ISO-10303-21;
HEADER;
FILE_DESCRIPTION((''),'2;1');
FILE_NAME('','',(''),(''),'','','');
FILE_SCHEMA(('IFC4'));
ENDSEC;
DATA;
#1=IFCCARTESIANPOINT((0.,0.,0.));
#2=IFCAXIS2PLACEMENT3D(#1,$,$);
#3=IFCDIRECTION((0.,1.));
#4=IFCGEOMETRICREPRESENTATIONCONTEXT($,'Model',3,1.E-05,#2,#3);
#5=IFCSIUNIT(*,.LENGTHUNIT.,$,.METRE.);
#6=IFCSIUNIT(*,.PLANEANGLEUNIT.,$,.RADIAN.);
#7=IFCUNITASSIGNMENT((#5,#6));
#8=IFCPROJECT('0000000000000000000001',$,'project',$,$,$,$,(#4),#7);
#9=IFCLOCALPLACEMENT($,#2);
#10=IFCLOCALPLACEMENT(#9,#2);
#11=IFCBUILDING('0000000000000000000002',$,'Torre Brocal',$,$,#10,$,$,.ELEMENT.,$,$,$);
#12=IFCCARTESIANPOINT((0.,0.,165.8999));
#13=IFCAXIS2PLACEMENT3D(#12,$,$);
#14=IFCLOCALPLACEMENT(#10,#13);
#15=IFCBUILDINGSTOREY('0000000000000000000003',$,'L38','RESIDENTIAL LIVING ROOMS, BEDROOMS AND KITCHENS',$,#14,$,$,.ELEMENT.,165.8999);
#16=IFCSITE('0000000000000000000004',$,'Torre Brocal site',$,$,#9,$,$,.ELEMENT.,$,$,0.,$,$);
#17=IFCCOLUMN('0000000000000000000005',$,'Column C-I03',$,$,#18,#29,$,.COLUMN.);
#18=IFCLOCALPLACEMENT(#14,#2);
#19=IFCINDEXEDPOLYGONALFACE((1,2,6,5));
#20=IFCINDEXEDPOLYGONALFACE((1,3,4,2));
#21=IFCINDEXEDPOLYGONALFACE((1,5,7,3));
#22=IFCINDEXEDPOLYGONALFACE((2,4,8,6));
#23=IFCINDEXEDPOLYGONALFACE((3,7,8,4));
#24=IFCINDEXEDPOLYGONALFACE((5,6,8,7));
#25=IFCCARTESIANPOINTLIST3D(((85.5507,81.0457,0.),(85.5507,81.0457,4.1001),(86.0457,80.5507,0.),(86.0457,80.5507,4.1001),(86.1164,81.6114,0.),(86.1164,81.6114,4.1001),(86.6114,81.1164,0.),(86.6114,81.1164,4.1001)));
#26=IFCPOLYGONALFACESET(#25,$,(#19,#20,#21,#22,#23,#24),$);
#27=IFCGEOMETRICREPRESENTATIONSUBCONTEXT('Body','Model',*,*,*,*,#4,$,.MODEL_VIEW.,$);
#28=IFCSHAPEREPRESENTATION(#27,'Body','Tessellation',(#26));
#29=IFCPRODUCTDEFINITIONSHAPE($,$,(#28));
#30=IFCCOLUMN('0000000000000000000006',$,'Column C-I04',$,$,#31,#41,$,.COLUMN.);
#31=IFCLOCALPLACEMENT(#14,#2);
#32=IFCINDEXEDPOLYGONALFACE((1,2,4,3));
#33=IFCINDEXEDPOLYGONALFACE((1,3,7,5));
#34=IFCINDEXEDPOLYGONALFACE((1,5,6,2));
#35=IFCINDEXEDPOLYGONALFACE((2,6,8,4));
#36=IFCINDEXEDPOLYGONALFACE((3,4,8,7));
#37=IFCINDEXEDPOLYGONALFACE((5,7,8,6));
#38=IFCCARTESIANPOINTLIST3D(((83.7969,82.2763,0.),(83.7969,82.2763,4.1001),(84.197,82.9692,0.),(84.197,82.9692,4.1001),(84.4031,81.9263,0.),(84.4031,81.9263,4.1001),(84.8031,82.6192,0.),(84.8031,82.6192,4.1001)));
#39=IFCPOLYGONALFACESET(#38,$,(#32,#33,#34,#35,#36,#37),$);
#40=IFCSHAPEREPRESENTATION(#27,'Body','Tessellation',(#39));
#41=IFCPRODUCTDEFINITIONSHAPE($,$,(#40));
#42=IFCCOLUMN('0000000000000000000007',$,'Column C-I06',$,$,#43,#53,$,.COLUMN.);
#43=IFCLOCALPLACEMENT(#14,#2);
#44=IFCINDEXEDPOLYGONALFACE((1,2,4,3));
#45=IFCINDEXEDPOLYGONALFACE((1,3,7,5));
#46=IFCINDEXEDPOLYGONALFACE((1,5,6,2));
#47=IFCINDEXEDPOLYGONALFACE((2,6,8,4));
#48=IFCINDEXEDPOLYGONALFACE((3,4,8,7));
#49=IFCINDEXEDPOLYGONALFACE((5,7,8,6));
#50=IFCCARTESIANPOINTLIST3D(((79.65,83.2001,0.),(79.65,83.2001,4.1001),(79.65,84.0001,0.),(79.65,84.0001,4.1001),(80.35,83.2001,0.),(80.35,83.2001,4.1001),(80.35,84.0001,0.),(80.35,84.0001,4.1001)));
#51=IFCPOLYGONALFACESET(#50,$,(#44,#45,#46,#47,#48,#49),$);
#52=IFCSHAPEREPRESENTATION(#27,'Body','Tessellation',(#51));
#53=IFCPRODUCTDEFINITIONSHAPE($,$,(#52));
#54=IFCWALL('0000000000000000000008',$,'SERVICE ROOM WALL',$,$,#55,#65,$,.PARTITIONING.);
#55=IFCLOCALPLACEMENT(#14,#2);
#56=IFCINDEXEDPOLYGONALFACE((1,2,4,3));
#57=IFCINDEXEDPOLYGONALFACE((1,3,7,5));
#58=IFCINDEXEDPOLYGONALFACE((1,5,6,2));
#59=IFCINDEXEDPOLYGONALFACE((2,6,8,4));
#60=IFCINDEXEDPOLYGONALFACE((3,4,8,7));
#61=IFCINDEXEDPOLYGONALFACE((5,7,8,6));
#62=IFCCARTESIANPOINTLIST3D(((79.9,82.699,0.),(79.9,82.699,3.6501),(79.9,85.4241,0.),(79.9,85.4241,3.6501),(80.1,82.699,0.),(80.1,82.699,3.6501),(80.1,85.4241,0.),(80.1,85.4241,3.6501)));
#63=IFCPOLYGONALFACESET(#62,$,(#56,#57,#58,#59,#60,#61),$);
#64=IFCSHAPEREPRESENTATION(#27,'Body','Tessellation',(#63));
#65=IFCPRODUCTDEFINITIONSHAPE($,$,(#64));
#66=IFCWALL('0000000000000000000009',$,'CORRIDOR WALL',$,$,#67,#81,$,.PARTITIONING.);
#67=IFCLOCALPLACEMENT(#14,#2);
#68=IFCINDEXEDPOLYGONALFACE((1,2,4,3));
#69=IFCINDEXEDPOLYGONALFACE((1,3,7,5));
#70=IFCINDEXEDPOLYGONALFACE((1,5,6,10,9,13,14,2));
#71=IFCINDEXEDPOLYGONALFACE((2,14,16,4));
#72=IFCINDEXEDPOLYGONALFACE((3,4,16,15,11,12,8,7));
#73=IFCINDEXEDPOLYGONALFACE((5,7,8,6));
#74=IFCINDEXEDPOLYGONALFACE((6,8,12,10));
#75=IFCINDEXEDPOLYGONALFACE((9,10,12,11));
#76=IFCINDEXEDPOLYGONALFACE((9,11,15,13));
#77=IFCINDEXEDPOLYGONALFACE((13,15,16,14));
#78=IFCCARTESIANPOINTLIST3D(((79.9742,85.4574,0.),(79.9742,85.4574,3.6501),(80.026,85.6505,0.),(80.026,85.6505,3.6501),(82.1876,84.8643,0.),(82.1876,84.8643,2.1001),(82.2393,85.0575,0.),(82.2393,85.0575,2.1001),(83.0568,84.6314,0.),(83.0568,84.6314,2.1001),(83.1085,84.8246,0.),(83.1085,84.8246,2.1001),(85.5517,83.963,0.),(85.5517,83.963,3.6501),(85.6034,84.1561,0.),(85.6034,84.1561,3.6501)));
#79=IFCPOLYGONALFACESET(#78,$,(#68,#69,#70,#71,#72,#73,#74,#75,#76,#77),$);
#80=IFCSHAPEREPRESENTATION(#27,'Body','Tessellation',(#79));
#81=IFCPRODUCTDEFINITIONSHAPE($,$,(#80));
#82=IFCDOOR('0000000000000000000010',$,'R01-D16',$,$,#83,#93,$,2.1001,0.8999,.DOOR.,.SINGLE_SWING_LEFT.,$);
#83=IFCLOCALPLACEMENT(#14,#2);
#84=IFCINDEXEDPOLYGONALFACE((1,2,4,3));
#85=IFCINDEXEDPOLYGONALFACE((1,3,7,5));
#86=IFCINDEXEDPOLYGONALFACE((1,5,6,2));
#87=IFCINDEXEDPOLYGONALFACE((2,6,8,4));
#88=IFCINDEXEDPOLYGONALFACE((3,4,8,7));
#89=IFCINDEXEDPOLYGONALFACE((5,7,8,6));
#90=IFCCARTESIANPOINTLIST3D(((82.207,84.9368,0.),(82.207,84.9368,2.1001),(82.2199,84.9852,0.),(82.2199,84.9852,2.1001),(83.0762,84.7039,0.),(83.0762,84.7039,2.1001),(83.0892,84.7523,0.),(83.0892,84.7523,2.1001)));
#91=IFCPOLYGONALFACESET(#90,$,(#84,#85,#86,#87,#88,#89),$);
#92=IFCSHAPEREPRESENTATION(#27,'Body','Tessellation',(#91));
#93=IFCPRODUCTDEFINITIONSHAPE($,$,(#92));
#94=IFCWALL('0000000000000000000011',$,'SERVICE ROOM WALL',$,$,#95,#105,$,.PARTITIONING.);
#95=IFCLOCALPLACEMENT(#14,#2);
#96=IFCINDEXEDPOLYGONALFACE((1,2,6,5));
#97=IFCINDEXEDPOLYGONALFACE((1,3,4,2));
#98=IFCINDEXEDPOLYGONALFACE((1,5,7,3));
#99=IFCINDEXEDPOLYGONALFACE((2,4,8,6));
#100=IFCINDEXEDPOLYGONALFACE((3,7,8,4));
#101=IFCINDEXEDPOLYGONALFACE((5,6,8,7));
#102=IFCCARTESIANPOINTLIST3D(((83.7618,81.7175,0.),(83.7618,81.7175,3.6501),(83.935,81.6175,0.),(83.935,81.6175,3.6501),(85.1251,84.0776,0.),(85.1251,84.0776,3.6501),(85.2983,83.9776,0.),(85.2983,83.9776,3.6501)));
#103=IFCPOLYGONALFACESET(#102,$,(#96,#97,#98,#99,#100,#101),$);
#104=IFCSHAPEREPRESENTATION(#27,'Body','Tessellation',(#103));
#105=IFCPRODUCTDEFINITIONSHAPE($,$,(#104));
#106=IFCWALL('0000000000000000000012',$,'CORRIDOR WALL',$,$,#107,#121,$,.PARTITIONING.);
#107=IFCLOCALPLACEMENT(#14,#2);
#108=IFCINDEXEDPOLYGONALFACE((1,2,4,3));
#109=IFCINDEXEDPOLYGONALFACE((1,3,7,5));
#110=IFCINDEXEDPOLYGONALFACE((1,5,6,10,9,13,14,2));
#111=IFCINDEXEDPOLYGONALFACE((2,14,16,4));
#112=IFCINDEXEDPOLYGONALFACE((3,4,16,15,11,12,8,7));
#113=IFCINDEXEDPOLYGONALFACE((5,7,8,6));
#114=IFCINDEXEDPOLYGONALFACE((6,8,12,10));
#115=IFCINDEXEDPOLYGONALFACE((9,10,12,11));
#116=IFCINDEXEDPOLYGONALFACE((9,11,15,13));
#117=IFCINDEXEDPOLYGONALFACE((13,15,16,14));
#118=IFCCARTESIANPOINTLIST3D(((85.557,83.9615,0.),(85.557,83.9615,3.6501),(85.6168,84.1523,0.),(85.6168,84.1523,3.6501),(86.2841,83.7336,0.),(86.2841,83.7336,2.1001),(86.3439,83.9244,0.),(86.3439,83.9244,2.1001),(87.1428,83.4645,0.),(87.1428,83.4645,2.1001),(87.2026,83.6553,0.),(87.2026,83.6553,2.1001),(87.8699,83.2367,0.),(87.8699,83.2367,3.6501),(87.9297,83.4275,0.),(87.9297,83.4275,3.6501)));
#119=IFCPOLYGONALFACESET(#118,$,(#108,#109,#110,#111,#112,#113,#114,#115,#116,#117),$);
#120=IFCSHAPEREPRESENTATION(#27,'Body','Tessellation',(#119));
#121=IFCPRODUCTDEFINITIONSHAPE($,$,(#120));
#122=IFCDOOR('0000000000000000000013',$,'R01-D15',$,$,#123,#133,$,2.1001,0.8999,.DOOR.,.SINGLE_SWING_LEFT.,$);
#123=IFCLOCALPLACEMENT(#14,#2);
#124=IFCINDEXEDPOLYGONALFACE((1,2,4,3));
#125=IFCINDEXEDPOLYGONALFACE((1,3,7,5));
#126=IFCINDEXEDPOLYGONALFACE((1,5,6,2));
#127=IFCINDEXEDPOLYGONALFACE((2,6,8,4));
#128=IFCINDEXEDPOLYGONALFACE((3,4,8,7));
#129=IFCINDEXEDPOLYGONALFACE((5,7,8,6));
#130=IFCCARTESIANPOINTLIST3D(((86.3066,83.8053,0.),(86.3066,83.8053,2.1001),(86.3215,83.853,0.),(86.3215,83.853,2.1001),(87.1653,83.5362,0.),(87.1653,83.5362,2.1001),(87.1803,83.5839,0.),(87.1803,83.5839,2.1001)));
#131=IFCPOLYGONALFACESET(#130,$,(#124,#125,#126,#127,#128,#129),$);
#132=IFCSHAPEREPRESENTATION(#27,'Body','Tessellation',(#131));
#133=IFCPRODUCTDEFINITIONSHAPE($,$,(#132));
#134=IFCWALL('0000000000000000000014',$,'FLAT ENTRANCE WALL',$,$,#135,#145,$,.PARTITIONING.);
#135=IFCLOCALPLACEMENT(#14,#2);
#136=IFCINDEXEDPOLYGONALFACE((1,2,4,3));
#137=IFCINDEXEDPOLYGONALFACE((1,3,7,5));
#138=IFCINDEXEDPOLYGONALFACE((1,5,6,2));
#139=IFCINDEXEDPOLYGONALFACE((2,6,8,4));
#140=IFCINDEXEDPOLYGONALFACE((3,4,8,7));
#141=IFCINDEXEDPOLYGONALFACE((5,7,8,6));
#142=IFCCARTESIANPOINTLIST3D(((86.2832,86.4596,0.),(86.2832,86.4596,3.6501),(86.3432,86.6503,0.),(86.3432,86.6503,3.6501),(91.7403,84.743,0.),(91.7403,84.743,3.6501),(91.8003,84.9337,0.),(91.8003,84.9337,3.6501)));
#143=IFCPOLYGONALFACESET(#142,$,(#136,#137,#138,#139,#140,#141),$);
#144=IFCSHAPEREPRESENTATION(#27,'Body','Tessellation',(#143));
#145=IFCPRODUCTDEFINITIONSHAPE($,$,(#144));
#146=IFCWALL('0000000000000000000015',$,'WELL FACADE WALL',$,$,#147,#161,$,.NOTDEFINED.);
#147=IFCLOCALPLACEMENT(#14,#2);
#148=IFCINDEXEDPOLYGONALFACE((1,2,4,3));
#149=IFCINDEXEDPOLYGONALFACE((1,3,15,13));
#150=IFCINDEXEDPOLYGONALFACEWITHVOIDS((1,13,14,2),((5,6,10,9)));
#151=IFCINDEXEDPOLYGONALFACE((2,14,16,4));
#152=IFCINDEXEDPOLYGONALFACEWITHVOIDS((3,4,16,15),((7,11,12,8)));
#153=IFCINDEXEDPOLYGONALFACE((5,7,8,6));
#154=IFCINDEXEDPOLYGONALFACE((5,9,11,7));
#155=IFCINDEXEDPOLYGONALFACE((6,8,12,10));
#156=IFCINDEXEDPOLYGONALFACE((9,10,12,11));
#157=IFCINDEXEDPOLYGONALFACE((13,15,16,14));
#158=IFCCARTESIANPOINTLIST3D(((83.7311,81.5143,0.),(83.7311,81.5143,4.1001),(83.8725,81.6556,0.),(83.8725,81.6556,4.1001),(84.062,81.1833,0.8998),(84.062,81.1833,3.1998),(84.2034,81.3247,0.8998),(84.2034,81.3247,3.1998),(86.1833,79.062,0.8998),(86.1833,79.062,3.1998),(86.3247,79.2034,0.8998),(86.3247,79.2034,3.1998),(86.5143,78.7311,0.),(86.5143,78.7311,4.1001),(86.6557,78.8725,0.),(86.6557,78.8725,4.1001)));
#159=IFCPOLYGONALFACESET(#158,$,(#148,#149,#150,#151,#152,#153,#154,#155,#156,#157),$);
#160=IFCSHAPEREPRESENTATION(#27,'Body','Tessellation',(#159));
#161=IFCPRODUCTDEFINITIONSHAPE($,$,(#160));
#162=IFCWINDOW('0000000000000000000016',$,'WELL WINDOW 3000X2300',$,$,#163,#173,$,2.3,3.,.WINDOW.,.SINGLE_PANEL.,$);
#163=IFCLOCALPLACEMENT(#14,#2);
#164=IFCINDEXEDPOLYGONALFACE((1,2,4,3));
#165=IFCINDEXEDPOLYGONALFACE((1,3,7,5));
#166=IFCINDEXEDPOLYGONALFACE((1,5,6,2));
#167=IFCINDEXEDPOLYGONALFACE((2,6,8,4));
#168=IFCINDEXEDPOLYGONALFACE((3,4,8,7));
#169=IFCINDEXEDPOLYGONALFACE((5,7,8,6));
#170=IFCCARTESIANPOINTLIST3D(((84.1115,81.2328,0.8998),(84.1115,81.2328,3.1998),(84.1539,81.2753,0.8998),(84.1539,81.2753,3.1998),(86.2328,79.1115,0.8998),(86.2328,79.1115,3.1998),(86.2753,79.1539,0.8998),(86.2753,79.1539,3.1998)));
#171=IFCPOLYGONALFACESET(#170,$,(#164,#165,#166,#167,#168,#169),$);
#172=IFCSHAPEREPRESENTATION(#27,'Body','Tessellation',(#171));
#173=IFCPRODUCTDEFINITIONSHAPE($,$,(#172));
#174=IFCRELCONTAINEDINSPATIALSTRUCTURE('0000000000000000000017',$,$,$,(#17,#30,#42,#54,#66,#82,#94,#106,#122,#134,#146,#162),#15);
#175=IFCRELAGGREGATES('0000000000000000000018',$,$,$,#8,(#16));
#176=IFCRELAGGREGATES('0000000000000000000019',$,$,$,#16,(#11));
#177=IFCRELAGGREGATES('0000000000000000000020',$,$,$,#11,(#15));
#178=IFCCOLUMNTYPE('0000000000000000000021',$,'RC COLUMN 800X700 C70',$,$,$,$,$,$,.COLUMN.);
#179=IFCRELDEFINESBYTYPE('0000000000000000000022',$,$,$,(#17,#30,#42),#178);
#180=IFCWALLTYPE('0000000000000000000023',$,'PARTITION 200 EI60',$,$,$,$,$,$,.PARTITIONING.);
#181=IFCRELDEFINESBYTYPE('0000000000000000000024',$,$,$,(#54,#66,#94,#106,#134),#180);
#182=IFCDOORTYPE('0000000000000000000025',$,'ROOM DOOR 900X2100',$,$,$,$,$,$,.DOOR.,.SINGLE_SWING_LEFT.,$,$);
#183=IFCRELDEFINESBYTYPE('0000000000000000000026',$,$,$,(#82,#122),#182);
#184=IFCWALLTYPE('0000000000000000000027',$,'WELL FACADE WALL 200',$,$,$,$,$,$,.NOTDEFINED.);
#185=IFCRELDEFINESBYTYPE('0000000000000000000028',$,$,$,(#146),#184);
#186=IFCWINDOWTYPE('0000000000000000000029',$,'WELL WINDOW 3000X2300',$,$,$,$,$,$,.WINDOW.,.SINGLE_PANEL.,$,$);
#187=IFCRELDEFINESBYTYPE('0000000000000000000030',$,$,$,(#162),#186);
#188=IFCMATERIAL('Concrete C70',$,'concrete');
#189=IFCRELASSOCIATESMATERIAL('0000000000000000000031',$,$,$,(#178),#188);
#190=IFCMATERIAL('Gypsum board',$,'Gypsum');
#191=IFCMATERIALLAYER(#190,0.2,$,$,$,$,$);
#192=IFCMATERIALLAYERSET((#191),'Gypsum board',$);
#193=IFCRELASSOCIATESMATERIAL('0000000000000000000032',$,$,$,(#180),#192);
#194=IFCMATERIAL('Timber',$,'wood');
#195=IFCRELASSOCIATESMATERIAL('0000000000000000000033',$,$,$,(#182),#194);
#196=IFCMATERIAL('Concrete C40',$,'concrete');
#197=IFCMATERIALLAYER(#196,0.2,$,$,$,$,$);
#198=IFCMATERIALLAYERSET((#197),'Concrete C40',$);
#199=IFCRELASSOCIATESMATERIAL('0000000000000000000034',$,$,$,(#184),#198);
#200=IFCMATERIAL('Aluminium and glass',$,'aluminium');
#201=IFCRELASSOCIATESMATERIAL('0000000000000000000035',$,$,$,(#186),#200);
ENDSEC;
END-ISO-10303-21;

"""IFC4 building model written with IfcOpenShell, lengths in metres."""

from ifc_helpers import new_model, si_unit, direction, frame, frame_2d, origin, origin_2d, place, context, subcontext, project, spatial, rectangle, extrude, material, layer, layer_set, material_profile, profile_set, type_object, element, fill, save


model = new_model("IFC4")

# Units and contexts
model_context = context("Model", 3, precision=1e-05, world=origin(), true_north=direction((0.0, 1.0)))
body_context = subcontext(model_context, "Body", "Model", "MODEL_VIEW")
ifc_project = project(units=[si_unit("LENGTHUNIT", "METRE"), si_unit("PLANEANGLEUNIT", "RADIAN")], contexts=[model_context])

# Site, building, storey
site_placement = place(None, origin())
site = spatial("IfcSite", under=ifc_project, at=site_placement, Name="Torre Brocal site", CompositionType="ELEMENT", RefElevation=0.0)
building_placement = place(site_placement, origin())
building = spatial("IfcBuilding", under=site, at=building_placement, Name="Torre Brocal", CompositionType="ELEMENT")
storey_placement = place(building_placement, frame((0.0, 0.0, 165.8999)))
storey = spatial("IfcBuildingStorey", under=building, at=storey_placement, Name="L38", Description="RESIDENTIAL LIVING ROOMS, BEDROOMS AND KITCHENS", CompositionType="ELEMENT", Elevation=165.8999)

# Columns
ifc_material_1 = material(Name="Concrete C70", Category="concrete")
ifc_material_profile = material_profile(ifc_material_1, rectangle(XDim=0.8, YDim=0.7, at=origin_2d()), Name="RC 800X700")
ifc_profile_set = profile_set([ifc_material_profile], Name="Concrete C70")
column_type = type_object("IfcColumnType", Name="RC COLUMN 800X700 C70", PredefinedType="COLUMN", material=ifc_profile_set)
for number, where, z_axis, x_axis, name in (
    (1, (86.0811, 81.0811, 0.0), (0.0, 0.0, 1.0), (0.707107, 0.707107, 0.0), "Column C-I03"),
    (2, (84.3, 82.4478, 0.0), (0.0, 0.0, 1.0), (0.5, 0.866025, 0.0), "Column C-I04"),
    (3, (80.0, 83.6001, 0.0), (0.0, 0.0, 1.0), (0.0, 1.0, 0.0), "Column C-I06"),
):
    element("IfcColumn", number, at=place(storey_placement, frame(where, z_axis=z_axis, x_axis=x_axis)), inside=storey, type_object=column_type, Name=name, PredefinedType="COLUMN", context=body_context, shape_type="SweptSolid", body=[
        extrude(rectangle(XDim=0.8, YDim=0.7, at=origin_2d()), origin(), (0.0, 0.0, 1.0), 4.1001),
    ])

# Wall
ifc_material_2 = material(Name="Gypsum board", Category="Gypsum")
ifc_layer_1 = layer(ifc_material_2, 0.2)
ifc_layer_set_1 = layer_set([ifc_layer_1], Name="Gypsum board")
wall_type_1 = type_object("IfcWallType", Name="PARTITION 200 EI60", PredefinedType="PARTITIONING", material=ifc_layer_set_1)
wall_1_placement = place(storey_placement, frame((80.0, 82.699, 0.0), z_axis=(0.0, 0.0, 1.0), x_axis=(0.0, 1.0, 0.0)))
element("IfcWall", 4, at=wall_1_placement, inside=storey, type_object=wall_type_1, Name="SERVICE ROOM WALL", PredefinedType="PARTITIONING", context=body_context, shape_type="SweptSolid", body=[
    extrude(rectangle(XDim=2.7251, YDim=0.2, at=frame_2d((1.3625, 0.0))), origin(), (0.0, 0.0, 1.0), 3.6501),
])

# Wall, opening, door
wall_2_placement = place(storey_placement, frame((80.0, 85.554, 0.0), z_axis=(0.0, 0.0, 1.0), x_axis=(0.965929, -0.258807, 0.0)))
wall_2 = element("IfcWall", 5, at=wall_2_placement, inside=storey, type_object=wall_type_1, Name="CORRIDOR WALL", PredefinedType="PARTITIONING", context=body_context, shape_type="SweptSolid", body=[
    extrude(rectangle(XDim=5.7742, YDim=0.2, at=frame_2d((2.8872, 0.0))), origin(), (0.0, 0.0, 1.0), 3.6501),
])
opening_1_placement = place(wall_2_placement, frame((2.2915, 0.0, 0.0)))
opening_1 = element("IfcOpeningElement", 6, at=opening_1_placement, cuts=wall_2, PredefinedType="OPENING", context=body_context, shape_type="SweptSolid", body=[
    extrude(rectangle(XDim=0.8999, YDim=2.1001, at=frame_2d((0.45, 1.05))), frame((0.0, 0.1099, 0.0), z_axis=(0.0, -1.0, 0.0), x_axis=(1.0, 0.0, 0.0)), (0.0, 0.0, 1.0), 0.22),
])
ifc_material_3 = material(Name="Timber", Category="wood")
door_type = type_object("IfcDoorType", Name="ROOM DOOR 900X2100", OperationType="SINGLE_SWING_LEFT", PredefinedType="DOOR", material=ifc_material_3)
door_1_placement = place(opening_1_placement, frame((0.8999, 0.0, 0.0), z_axis=(0.0, 0.0, 1.0), x_axis=(-1.0, 0.0, 0.0)))
door_1 = element("IfcDoor", 7, at=door_1_placement, inside=storey, type_object=door_type, Name="R01-D16", OperationType="SINGLE_SWING_LEFT", OverallHeight=2.1001, OverallWidth=0.8999, PredefinedType="DOOR", context=body_context, shape_type="SweptSolid", body=[
    extrude(rectangle(XDim=0.8999, YDim=2.1001, at=frame_2d((0.45, 1.05))), frame((0.0, 0.0249, 0.0), z_axis=(0.0, -1.0, 0.0), x_axis=(1.0, 0.0, 0.0)), (0.0, 0.0, 1.0), 0.05),
])
fill(opening_1, door_1)

# Wall
wall_3_placement = place(storey_placement, frame((83.8484, 81.6675, 0.0), z_axis=(0.0, 0.0, 1.0), x_axis=(0.500185, 0.865919, 0.0)))
element("IfcWall", 8, at=wall_3_placement, inside=storey, type_object=wall_type_1, Name="SERVICE ROOM WALL", PredefinedType="PARTITIONING", context=body_context, shape_type="SweptSolid", body=[
    extrude(rectangle(XDim=2.7256, YDim=0.2, at=frame_2d((1.3628, 0.0))), origin(), (0.0, 0.0, 1.0), 3.6501),
])

# Wall, opening, door
wall_4_placement = place(storey_placement, frame((85.5869, 84.0569, 0.0), z_axis=(0.0, 0.0, 1.0), x_axis=(0.95424, -0.299043, 0.0)))
wall_4 = element("IfcWall", 9, at=wall_4_placement, inside=storey, type_object=wall_type_1, Name="CORRIDOR WALL", PredefinedType="PARTITIONING", context=body_context, shape_type="SweptSolid", body=[
    extrude(rectangle(XDim=2.4238, YDim=0.2, at=frame_2d((1.2119, 0.0))), origin(), (0.0, 0.0, 1.0), 3.6501),
])
opening_2_placement = place(wall_4_placement, frame((0.762, 0.0, 0.0)))
opening_2 = element("IfcOpeningElement", 10, at=opening_2_placement, cuts=wall_4, PredefinedType="OPENING", context=body_context, shape_type="SweptSolid", body=[
    extrude(rectangle(XDim=0.8999, YDim=2.1001, at=frame_2d((0.45, 1.05))), frame((0.0, 0.1099, 0.0), z_axis=(0.0, -1.0, 0.0), x_axis=(1.0, 0.0, 0.0)), (0.0, 0.0, 1.0), 0.22),
])
door_2_placement = place(opening_2_placement, frame((0.8999, 0.0, 0.0), z_axis=(0.0, 0.0, 1.0), x_axis=(-1.0, 0.0, 0.0)))
door_2 = element("IfcDoor", 11, at=door_2_placement, inside=storey, type_object=door_type, Name="R01-D15", OperationType="SINGLE_SWING_LEFT", OverallHeight=2.1001, OverallWidth=0.8999, PredefinedType="DOOR", context=body_context, shape_type="SweptSolid", body=[
    extrude(rectangle(XDim=0.8999, YDim=2.1001, at=frame_2d((0.45, 1.05))), frame((0.0, 0.0249, 0.0), z_axis=(0.0, -1.0, 0.0), x_axis=(1.0, 0.0, 0.0)), (0.0, 0.0, 1.0), 0.05),
])
fill(opening_2, door_2)

# Wall
wall_5_placement = place(storey_placement, frame((86.3132, 86.5549, 0.0), z_axis=(0.0, 0.0, 1.0), x_axis=(0.953919, -0.300063, 0.0)))
element("IfcWall", 12, at=wall_5_placement, inside=storey, type_object=wall_type_1, Name="FLAT ENTRANCE WALL", PredefinedType="PARTITIONING", context=body_context, shape_type="SweptSolid", body=[
    extrude(rectangle(XDim=5.7207, YDim=0.2, at=frame_2d((2.8604, 0.0))), origin(), (0.0, 0.0, 1.0), 3.6501),
])

# Wall, opening, window
ifc_material_4 = material(Name="Concrete C40", Category="concrete")
ifc_layer_2 = layer(ifc_material_4, 0.2)
ifc_layer_set_2 = layer_set([ifc_layer_2], Name="Concrete C40")
wall_type_2 = type_object("IfcWallType", Name="WELL FACADE WALL 200", PredefinedType="NOTDEFINED", material=ifc_layer_set_2)
wall_6_placement = place(storey_placement, frame((86.585, 78.8018, 0.0), z_axis=(0.0, 0.0, 1.0), x_axis=(-0.707107, 0.707107, 0.0)))
wall_6 = element("IfcWall", 13, at=wall_6_placement, inside=storey, type_object=wall_type_2, Name="WELL FACADE WALL", PredefinedType="NOTDEFINED", context=body_context, shape_type="SweptSolid", body=[
    extrude(rectangle(XDim=3.936, YDim=0.2, at=frame_2d((1.968, 0.0))), origin(), (0.0, 0.0, 1.0), 4.1001),
])
opening_3_placement = place(wall_6_placement, frame((0.468, 0.0, 0.8999)))
opening_3 = element("IfcOpeningElement", 14, at=opening_3_placement, cuts=wall_6, PredefinedType="OPENING", context=body_context, shape_type="SweptSolid", body=[
    extrude(rectangle(XDim=3.0, YDim=2.3, at=frame_2d((1.5, 1.1499))), frame((0.0, 0.1099, 0.0), z_axis=(0.0, -1.0, 0.0), x_axis=(1.0, 0.0, 0.0)), (0.0, 0.0, 1.0), 0.22),
])
ifc_material_5 = material(Name="Aluminium and glass", Category="aluminium")
window_type = type_object("IfcWindowType", Name="WELL WINDOW 3000X2300", PartitioningType="SINGLE_PANEL", PredefinedType="WINDOW", material=ifc_material_5)
window_1_placement = place(opening_3_placement, origin())
window_1 = element("IfcWindow", 15, at=window_1_placement, inside=storey, type_object=window_type, Name="WELL WINDOW 3000X2300", OverallHeight=2.3, OverallWidth=3.0, PartitioningType="SINGLE_PANEL", PredefinedType="WINDOW", context=body_context, shape_type="SweptSolid", body=[
    extrude(rectangle(XDim=3.0, YDim=2.3, at=frame_2d((1.5, 1.1499))), frame((0.0, 0.03, 0.0), z_axis=(0.0, -1.0, 0.0), x_axis=(1.0, 0.0, 0.0)), (0.0, 0.0, 1.0), 0.0601),
])
fill(opening_3, window_1)

save(model, "model.ifc")
